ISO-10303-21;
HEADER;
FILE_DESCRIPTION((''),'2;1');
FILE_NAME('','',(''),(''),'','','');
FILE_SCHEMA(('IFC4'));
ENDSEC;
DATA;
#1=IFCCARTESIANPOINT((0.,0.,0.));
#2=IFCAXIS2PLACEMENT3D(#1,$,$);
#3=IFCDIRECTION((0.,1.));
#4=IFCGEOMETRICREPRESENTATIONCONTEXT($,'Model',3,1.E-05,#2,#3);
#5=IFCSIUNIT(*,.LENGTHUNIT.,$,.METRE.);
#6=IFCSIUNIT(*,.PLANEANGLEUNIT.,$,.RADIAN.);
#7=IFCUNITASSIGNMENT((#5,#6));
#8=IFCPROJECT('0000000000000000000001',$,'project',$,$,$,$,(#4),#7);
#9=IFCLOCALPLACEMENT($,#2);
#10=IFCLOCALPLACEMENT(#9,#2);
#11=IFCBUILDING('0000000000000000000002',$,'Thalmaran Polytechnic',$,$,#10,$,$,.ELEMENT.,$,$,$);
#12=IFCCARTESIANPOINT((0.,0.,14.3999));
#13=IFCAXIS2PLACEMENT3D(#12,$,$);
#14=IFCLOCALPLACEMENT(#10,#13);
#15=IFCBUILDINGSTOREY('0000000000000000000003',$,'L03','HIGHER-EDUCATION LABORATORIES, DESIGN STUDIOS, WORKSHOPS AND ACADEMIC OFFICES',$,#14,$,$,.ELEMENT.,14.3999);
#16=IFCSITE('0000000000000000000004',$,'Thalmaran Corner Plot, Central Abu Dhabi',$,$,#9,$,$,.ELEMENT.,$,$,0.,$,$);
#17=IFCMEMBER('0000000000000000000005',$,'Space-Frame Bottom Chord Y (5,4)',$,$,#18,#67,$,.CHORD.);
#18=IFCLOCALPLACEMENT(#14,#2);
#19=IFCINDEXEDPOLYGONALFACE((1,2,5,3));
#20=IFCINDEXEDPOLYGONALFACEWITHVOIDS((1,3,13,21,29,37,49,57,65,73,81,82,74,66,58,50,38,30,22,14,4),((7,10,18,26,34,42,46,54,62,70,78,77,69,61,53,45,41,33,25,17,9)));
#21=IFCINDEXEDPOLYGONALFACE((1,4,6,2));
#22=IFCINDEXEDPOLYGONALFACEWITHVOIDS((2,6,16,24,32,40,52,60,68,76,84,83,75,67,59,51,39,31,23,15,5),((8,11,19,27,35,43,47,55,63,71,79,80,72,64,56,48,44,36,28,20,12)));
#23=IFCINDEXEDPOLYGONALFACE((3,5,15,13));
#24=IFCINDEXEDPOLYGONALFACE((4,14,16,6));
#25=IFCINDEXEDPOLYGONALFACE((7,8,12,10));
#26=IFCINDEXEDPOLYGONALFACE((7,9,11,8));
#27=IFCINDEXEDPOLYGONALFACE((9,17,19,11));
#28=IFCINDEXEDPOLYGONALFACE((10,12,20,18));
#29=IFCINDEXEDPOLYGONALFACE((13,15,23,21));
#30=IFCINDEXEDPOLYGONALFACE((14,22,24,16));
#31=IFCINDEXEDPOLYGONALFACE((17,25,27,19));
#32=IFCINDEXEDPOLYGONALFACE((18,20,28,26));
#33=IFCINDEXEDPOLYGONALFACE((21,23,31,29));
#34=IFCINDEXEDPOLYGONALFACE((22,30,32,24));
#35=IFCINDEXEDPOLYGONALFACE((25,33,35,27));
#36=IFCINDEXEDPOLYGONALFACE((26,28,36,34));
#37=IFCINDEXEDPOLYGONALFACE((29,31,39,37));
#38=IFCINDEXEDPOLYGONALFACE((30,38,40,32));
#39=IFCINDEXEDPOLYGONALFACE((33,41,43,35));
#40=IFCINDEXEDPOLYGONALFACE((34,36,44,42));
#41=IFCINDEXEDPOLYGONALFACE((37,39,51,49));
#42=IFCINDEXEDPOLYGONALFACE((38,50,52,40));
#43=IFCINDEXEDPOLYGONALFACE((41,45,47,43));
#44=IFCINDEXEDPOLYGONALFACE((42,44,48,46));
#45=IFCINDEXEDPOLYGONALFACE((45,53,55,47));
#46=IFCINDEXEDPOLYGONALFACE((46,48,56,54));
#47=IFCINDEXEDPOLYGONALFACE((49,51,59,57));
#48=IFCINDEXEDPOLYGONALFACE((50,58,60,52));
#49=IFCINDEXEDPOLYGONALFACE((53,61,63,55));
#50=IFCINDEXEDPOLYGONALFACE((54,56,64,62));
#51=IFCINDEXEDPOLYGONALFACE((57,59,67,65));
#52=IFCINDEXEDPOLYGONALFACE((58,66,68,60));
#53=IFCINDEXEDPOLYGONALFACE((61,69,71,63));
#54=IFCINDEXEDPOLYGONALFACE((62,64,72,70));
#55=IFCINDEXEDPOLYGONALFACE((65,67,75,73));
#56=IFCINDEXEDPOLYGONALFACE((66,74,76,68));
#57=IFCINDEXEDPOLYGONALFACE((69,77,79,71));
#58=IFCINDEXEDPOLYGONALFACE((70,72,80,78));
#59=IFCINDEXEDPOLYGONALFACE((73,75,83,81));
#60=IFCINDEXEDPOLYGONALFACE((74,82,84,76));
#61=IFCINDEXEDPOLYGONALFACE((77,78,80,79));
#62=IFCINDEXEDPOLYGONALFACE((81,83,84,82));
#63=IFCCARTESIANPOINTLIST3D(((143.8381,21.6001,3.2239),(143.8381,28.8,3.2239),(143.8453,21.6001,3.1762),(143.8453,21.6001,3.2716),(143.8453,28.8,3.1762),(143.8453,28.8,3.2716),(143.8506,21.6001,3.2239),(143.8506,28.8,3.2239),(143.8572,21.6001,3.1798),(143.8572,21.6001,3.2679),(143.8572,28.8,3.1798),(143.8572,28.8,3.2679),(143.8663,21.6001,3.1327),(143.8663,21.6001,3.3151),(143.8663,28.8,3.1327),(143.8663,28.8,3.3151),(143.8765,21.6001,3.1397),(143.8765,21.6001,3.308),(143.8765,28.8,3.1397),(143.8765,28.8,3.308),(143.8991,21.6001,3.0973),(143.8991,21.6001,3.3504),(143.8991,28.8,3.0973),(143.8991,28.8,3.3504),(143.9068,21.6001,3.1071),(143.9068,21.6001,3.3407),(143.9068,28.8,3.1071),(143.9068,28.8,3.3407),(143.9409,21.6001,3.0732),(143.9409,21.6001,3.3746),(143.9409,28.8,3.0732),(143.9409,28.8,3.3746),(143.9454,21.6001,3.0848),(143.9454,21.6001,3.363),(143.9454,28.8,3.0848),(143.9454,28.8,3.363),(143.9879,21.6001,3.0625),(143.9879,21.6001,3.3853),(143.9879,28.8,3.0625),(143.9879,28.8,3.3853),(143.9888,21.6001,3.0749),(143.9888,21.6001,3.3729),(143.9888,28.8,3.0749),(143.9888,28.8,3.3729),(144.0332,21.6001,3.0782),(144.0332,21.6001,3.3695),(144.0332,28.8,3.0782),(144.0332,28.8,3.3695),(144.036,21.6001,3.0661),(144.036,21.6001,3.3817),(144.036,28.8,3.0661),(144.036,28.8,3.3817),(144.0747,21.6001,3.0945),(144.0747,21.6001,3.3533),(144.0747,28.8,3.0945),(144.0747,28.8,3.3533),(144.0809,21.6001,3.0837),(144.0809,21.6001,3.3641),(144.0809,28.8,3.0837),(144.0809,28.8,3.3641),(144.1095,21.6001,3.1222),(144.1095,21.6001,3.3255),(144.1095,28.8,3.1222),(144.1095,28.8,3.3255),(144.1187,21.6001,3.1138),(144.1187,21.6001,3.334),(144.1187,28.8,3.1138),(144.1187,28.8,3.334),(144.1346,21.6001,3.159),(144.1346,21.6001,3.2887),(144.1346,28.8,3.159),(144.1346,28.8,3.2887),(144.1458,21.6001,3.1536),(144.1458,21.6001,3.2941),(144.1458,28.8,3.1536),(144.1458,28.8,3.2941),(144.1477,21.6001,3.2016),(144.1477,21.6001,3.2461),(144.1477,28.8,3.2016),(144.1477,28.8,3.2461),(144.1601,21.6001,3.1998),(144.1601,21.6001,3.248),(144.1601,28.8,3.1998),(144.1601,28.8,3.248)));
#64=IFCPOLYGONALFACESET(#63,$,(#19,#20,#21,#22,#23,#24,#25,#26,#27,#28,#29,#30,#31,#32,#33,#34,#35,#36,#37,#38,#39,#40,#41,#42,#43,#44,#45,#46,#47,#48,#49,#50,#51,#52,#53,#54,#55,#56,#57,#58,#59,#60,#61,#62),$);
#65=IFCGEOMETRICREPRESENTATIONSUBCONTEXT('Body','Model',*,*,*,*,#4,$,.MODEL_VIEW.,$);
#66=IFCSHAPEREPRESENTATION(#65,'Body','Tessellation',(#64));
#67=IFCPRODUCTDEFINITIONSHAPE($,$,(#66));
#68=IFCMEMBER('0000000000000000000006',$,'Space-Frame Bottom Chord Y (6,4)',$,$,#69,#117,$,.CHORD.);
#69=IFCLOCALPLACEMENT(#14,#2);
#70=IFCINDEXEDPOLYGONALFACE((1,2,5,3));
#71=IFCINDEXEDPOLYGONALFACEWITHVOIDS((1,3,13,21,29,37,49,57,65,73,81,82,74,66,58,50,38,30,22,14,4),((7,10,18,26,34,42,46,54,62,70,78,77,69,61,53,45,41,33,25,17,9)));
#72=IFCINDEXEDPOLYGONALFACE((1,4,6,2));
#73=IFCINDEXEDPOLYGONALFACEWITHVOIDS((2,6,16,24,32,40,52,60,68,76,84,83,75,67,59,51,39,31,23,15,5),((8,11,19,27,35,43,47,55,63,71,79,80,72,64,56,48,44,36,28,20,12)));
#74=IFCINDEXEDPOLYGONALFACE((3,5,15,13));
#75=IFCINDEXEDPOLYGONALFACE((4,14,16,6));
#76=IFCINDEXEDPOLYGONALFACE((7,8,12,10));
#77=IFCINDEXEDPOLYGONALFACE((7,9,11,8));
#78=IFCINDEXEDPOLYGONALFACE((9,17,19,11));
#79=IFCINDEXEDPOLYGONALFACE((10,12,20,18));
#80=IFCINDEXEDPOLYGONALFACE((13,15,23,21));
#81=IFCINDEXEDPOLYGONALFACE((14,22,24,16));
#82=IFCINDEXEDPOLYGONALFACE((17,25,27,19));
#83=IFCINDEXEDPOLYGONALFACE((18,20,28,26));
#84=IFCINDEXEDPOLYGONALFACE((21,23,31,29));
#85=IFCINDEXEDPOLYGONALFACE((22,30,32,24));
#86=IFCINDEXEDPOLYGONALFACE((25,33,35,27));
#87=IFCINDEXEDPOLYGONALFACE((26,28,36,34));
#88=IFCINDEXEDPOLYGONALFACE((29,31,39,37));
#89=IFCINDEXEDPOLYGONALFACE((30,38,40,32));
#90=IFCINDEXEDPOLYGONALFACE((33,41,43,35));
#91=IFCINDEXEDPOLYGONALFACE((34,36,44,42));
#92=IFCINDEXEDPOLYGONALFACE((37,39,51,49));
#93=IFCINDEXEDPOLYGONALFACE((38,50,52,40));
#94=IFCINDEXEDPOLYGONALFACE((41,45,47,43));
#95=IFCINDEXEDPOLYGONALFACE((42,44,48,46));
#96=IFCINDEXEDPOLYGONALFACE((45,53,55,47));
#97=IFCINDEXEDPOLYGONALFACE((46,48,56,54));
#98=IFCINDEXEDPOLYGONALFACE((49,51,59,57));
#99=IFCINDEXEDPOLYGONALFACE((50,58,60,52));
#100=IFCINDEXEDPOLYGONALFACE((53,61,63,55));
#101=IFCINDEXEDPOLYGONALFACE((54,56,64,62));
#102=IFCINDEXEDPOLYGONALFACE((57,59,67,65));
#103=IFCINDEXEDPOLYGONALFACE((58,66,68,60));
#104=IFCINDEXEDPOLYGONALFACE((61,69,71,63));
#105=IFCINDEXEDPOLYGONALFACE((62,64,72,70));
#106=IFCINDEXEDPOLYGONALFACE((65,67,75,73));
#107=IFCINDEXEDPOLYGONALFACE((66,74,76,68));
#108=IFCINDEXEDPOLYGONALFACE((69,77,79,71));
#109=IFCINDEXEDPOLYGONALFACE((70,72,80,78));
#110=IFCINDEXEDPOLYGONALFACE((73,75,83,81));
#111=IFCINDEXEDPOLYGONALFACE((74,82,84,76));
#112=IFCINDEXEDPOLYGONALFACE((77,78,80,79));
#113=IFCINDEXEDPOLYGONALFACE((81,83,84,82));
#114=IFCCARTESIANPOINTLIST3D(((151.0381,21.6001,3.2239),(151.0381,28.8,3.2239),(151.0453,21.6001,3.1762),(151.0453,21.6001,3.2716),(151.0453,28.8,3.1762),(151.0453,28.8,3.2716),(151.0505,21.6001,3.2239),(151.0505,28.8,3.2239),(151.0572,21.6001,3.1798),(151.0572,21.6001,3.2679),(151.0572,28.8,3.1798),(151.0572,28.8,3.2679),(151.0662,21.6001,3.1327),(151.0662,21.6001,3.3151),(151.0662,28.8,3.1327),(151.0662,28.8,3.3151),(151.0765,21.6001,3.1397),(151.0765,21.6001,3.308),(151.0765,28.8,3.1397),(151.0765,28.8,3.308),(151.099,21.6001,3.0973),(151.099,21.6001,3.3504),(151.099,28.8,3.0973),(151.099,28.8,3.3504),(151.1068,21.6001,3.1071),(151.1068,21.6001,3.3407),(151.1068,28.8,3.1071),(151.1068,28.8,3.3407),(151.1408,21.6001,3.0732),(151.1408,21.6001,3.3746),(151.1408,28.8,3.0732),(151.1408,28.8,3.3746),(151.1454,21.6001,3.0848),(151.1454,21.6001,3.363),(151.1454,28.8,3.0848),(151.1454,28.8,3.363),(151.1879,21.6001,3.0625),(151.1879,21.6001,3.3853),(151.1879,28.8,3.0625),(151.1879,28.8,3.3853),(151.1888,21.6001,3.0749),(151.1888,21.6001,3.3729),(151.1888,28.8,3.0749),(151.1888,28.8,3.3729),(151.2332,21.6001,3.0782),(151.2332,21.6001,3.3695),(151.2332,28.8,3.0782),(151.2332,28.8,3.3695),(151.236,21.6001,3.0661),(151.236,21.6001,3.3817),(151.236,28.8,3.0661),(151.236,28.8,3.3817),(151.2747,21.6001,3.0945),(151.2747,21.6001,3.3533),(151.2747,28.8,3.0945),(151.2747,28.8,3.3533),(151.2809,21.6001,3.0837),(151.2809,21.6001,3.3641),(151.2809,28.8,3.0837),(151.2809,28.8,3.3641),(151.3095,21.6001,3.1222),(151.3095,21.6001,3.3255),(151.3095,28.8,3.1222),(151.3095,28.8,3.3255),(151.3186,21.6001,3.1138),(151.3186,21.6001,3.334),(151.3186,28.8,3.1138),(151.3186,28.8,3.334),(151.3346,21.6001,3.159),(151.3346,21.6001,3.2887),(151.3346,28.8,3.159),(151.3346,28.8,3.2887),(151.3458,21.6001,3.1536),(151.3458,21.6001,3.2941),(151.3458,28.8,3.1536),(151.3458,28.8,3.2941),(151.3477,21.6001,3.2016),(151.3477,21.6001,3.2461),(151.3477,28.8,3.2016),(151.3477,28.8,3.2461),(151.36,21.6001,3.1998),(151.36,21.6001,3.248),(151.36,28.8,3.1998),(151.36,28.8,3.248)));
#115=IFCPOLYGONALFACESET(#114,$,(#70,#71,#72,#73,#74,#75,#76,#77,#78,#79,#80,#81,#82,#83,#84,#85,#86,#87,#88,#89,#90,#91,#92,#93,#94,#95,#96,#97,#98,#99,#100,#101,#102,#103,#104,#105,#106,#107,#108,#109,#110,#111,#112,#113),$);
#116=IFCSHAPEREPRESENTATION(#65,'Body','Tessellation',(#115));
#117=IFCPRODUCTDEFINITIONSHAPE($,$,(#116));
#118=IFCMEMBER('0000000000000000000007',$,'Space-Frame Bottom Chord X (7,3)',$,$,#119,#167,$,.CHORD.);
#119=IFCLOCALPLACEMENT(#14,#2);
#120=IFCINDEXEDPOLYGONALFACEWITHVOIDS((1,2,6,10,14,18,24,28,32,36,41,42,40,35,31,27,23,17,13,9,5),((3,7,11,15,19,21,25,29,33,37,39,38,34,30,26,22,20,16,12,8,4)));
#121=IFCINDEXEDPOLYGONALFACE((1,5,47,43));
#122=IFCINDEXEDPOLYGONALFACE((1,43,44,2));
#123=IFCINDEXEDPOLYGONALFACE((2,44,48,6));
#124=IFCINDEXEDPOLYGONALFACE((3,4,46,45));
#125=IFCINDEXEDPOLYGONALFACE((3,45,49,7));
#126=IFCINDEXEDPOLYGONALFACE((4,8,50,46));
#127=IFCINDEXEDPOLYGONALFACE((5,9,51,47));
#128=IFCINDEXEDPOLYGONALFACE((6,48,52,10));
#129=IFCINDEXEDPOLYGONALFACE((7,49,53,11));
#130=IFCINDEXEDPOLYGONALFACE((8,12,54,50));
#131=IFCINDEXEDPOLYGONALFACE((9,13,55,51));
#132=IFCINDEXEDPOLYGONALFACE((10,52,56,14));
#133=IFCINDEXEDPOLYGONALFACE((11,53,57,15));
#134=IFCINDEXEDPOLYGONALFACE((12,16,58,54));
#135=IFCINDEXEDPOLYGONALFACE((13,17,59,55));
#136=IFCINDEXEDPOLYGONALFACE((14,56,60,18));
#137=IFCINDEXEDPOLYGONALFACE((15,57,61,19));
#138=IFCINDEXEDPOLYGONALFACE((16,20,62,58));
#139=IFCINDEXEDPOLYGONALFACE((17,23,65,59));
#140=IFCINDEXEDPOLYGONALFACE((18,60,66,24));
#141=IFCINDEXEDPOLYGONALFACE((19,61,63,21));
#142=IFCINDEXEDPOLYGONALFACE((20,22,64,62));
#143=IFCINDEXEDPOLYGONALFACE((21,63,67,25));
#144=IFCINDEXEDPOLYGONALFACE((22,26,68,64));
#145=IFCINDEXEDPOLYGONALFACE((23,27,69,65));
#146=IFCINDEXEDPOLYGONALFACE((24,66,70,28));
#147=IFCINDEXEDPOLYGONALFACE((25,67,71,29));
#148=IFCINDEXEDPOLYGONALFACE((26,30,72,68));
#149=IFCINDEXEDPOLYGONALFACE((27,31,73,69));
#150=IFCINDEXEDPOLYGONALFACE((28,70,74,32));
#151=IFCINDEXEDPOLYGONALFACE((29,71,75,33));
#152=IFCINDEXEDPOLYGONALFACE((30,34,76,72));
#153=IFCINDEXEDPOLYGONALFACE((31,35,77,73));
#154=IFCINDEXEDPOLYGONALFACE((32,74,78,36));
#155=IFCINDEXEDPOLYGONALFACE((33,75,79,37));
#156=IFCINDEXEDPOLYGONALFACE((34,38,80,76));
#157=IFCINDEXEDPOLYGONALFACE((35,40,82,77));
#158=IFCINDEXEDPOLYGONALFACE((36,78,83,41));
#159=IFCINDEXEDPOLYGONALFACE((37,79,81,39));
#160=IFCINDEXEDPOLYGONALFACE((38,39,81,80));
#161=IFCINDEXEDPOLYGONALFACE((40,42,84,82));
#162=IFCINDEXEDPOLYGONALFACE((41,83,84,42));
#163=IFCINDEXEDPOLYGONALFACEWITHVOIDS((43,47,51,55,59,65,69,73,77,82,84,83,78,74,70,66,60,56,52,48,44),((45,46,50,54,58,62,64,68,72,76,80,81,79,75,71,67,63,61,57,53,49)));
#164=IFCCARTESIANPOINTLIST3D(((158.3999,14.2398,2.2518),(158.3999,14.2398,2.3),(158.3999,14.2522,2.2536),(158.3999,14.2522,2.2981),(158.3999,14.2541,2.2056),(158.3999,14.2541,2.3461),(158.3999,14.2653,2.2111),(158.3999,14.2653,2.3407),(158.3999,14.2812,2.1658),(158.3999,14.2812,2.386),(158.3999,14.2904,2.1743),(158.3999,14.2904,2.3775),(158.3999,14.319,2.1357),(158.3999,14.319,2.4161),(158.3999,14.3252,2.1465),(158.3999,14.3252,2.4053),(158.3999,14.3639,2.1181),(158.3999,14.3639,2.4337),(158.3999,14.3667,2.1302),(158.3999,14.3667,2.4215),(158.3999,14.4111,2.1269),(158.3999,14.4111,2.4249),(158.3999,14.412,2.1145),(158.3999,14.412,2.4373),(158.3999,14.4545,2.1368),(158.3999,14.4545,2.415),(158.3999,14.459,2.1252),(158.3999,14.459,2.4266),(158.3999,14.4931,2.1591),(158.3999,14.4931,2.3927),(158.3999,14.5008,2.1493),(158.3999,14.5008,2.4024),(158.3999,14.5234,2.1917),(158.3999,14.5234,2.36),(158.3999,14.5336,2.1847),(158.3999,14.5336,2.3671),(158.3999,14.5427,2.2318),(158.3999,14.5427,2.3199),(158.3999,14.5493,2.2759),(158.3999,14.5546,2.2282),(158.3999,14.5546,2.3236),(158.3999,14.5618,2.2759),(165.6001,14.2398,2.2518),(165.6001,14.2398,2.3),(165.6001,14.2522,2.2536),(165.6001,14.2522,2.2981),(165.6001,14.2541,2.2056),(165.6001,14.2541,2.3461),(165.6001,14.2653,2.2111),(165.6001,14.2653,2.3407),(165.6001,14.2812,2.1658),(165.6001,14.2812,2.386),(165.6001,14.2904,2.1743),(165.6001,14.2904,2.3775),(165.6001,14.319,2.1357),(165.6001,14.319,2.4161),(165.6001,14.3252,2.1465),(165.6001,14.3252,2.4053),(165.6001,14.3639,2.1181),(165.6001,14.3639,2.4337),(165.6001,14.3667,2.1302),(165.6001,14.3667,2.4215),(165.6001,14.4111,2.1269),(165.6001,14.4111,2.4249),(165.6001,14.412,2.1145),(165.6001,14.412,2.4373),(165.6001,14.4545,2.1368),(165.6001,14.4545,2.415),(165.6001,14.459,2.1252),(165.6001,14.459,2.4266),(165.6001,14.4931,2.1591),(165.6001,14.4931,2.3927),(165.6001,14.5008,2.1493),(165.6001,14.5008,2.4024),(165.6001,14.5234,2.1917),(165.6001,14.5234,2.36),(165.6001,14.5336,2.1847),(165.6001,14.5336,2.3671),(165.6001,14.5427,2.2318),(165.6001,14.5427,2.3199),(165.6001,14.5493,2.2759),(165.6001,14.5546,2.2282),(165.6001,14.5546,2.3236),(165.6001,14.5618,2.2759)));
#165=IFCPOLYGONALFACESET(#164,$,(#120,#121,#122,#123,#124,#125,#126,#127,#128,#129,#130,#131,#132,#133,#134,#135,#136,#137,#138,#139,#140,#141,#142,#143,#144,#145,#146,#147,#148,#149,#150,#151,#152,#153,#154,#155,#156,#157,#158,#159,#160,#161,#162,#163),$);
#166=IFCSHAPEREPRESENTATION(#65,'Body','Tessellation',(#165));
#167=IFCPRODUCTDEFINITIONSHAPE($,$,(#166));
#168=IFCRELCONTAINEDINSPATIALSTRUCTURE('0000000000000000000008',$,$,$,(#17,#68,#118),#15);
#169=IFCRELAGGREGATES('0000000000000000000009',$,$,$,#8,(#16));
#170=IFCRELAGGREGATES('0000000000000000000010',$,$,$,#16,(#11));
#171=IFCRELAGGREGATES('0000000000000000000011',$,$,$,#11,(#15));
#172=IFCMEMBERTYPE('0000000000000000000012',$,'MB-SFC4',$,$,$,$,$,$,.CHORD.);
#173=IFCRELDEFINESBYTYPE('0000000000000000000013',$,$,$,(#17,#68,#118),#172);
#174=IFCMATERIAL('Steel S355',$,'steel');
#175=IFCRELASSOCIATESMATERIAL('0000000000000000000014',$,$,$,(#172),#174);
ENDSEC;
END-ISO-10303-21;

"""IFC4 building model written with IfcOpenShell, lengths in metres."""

from ifc_helpers import new_model, si_unit, direction, frame, origin, origin_2d, place, context, subcontext, project, spatial, hollow_circle, extrude, material, material_profile, profile_set, type_object, element, save


model = new_model("IFC4")

# Units and contexts
model_context = context("Model", 3, precision=1e-05, world=origin(), true_north=direction((0.0, 1.0)))
body_context = subcontext(model_context, "Body", "Model", "MODEL_VIEW")
ifc_project = project(units=[si_unit("LENGTHUNIT", "METRE"), si_unit("PLANEANGLEUNIT", "RADIAN")], contexts=[model_context])

# Site, building, storey
site_placement = place(None, origin())
site = spatial("IfcSite", under=ifc_project, at=site_placement, Name="Thalmaran Corner Plot, Central Abu Dhabi", CompositionType="ELEMENT", RefElevation=0.0)
building_placement = place(site_placement, origin())
building = spatial("IfcBuilding", under=site, at=building_placement, Name="Thalmaran Polytechnic", CompositionType="ELEMENT")
storey_placement = place(building_placement, frame((0.0, 0.0, 14.3999)))
storey = spatial("IfcBuildingStorey", under=building, at=storey_placement, Name="L03", Description="HIGHER-EDUCATION LABORATORIES, DESIGN STUDIOS, WORKSHOPS AND ACADEMIC OFFICES", CompositionType="ELEMENT", Elevation=14.3999)

# Members
ifc_material = material(Name="Steel S355", Category="steel")
ifc_material_profile_1 = material_profile(ifc_material, hollow_circle(Radius=0.1619, WallThickness=0.0125, at=origin_2d()), Name="CHS 323.9x12.5")
ifc_profile_set_1 = profile_set([ifc_material_profile_1], Name="Steel S355")
member_type_1 = type_object("IfcMemberType", Name="MB-SFC4", PredefinedType="CHORD", material=ifc_profile_set_1)
for number, where, z_axis, x_axis, name in (
    (1, (144.0, 21.6001, 3.2239), (0.0, 1.0, 0.0), (-1.0, 0.0, 0.0), "Space-Frame Bottom Chord Y (5,4)"),
    (2, (151.2, 21.6001, 3.2239), (0.0, 1.0, 0.0), (-1.0, 0.0, 0.0), "Space-Frame Bottom Chord Y (6,4)"),
):
    element("IfcMember", number, at=place(storey_placement, frame(where, z_axis=z_axis, x_axis=x_axis)), inside=storey, type_object=member_type_1, Name=name, PredefinedType="CHORD", context=body_context, shape_type="SweptSolid", body=[
        extrude(hollow_circle(Radius=0.1619, WallThickness=0.0125, at=origin_2d()), origin(), (0.0, 0.0, 1.0), 7.2),
    ])
member_1_placement = place(storey_placement, frame((158.3999, 14.3999, 2.2759), z_axis=(1.0, 0.0, 0.0), x_axis=(0.0, 1.0, 0.0)))
element("IfcMember", 3, at=member_1_placement, inside=storey, type_object=member_type_1, Name="Space-Frame Bottom Chord X (7,3)", PredefinedType="CHORD", context=body_context, shape_type="SweptSolid", body=[
    extrude(hollow_circle(Radius=0.1619, WallThickness=0.0125, at=origin_2d()), origin(), (0.0, 0.0, 1.0), 7.2002),
])

save(model, "model.ifc")
